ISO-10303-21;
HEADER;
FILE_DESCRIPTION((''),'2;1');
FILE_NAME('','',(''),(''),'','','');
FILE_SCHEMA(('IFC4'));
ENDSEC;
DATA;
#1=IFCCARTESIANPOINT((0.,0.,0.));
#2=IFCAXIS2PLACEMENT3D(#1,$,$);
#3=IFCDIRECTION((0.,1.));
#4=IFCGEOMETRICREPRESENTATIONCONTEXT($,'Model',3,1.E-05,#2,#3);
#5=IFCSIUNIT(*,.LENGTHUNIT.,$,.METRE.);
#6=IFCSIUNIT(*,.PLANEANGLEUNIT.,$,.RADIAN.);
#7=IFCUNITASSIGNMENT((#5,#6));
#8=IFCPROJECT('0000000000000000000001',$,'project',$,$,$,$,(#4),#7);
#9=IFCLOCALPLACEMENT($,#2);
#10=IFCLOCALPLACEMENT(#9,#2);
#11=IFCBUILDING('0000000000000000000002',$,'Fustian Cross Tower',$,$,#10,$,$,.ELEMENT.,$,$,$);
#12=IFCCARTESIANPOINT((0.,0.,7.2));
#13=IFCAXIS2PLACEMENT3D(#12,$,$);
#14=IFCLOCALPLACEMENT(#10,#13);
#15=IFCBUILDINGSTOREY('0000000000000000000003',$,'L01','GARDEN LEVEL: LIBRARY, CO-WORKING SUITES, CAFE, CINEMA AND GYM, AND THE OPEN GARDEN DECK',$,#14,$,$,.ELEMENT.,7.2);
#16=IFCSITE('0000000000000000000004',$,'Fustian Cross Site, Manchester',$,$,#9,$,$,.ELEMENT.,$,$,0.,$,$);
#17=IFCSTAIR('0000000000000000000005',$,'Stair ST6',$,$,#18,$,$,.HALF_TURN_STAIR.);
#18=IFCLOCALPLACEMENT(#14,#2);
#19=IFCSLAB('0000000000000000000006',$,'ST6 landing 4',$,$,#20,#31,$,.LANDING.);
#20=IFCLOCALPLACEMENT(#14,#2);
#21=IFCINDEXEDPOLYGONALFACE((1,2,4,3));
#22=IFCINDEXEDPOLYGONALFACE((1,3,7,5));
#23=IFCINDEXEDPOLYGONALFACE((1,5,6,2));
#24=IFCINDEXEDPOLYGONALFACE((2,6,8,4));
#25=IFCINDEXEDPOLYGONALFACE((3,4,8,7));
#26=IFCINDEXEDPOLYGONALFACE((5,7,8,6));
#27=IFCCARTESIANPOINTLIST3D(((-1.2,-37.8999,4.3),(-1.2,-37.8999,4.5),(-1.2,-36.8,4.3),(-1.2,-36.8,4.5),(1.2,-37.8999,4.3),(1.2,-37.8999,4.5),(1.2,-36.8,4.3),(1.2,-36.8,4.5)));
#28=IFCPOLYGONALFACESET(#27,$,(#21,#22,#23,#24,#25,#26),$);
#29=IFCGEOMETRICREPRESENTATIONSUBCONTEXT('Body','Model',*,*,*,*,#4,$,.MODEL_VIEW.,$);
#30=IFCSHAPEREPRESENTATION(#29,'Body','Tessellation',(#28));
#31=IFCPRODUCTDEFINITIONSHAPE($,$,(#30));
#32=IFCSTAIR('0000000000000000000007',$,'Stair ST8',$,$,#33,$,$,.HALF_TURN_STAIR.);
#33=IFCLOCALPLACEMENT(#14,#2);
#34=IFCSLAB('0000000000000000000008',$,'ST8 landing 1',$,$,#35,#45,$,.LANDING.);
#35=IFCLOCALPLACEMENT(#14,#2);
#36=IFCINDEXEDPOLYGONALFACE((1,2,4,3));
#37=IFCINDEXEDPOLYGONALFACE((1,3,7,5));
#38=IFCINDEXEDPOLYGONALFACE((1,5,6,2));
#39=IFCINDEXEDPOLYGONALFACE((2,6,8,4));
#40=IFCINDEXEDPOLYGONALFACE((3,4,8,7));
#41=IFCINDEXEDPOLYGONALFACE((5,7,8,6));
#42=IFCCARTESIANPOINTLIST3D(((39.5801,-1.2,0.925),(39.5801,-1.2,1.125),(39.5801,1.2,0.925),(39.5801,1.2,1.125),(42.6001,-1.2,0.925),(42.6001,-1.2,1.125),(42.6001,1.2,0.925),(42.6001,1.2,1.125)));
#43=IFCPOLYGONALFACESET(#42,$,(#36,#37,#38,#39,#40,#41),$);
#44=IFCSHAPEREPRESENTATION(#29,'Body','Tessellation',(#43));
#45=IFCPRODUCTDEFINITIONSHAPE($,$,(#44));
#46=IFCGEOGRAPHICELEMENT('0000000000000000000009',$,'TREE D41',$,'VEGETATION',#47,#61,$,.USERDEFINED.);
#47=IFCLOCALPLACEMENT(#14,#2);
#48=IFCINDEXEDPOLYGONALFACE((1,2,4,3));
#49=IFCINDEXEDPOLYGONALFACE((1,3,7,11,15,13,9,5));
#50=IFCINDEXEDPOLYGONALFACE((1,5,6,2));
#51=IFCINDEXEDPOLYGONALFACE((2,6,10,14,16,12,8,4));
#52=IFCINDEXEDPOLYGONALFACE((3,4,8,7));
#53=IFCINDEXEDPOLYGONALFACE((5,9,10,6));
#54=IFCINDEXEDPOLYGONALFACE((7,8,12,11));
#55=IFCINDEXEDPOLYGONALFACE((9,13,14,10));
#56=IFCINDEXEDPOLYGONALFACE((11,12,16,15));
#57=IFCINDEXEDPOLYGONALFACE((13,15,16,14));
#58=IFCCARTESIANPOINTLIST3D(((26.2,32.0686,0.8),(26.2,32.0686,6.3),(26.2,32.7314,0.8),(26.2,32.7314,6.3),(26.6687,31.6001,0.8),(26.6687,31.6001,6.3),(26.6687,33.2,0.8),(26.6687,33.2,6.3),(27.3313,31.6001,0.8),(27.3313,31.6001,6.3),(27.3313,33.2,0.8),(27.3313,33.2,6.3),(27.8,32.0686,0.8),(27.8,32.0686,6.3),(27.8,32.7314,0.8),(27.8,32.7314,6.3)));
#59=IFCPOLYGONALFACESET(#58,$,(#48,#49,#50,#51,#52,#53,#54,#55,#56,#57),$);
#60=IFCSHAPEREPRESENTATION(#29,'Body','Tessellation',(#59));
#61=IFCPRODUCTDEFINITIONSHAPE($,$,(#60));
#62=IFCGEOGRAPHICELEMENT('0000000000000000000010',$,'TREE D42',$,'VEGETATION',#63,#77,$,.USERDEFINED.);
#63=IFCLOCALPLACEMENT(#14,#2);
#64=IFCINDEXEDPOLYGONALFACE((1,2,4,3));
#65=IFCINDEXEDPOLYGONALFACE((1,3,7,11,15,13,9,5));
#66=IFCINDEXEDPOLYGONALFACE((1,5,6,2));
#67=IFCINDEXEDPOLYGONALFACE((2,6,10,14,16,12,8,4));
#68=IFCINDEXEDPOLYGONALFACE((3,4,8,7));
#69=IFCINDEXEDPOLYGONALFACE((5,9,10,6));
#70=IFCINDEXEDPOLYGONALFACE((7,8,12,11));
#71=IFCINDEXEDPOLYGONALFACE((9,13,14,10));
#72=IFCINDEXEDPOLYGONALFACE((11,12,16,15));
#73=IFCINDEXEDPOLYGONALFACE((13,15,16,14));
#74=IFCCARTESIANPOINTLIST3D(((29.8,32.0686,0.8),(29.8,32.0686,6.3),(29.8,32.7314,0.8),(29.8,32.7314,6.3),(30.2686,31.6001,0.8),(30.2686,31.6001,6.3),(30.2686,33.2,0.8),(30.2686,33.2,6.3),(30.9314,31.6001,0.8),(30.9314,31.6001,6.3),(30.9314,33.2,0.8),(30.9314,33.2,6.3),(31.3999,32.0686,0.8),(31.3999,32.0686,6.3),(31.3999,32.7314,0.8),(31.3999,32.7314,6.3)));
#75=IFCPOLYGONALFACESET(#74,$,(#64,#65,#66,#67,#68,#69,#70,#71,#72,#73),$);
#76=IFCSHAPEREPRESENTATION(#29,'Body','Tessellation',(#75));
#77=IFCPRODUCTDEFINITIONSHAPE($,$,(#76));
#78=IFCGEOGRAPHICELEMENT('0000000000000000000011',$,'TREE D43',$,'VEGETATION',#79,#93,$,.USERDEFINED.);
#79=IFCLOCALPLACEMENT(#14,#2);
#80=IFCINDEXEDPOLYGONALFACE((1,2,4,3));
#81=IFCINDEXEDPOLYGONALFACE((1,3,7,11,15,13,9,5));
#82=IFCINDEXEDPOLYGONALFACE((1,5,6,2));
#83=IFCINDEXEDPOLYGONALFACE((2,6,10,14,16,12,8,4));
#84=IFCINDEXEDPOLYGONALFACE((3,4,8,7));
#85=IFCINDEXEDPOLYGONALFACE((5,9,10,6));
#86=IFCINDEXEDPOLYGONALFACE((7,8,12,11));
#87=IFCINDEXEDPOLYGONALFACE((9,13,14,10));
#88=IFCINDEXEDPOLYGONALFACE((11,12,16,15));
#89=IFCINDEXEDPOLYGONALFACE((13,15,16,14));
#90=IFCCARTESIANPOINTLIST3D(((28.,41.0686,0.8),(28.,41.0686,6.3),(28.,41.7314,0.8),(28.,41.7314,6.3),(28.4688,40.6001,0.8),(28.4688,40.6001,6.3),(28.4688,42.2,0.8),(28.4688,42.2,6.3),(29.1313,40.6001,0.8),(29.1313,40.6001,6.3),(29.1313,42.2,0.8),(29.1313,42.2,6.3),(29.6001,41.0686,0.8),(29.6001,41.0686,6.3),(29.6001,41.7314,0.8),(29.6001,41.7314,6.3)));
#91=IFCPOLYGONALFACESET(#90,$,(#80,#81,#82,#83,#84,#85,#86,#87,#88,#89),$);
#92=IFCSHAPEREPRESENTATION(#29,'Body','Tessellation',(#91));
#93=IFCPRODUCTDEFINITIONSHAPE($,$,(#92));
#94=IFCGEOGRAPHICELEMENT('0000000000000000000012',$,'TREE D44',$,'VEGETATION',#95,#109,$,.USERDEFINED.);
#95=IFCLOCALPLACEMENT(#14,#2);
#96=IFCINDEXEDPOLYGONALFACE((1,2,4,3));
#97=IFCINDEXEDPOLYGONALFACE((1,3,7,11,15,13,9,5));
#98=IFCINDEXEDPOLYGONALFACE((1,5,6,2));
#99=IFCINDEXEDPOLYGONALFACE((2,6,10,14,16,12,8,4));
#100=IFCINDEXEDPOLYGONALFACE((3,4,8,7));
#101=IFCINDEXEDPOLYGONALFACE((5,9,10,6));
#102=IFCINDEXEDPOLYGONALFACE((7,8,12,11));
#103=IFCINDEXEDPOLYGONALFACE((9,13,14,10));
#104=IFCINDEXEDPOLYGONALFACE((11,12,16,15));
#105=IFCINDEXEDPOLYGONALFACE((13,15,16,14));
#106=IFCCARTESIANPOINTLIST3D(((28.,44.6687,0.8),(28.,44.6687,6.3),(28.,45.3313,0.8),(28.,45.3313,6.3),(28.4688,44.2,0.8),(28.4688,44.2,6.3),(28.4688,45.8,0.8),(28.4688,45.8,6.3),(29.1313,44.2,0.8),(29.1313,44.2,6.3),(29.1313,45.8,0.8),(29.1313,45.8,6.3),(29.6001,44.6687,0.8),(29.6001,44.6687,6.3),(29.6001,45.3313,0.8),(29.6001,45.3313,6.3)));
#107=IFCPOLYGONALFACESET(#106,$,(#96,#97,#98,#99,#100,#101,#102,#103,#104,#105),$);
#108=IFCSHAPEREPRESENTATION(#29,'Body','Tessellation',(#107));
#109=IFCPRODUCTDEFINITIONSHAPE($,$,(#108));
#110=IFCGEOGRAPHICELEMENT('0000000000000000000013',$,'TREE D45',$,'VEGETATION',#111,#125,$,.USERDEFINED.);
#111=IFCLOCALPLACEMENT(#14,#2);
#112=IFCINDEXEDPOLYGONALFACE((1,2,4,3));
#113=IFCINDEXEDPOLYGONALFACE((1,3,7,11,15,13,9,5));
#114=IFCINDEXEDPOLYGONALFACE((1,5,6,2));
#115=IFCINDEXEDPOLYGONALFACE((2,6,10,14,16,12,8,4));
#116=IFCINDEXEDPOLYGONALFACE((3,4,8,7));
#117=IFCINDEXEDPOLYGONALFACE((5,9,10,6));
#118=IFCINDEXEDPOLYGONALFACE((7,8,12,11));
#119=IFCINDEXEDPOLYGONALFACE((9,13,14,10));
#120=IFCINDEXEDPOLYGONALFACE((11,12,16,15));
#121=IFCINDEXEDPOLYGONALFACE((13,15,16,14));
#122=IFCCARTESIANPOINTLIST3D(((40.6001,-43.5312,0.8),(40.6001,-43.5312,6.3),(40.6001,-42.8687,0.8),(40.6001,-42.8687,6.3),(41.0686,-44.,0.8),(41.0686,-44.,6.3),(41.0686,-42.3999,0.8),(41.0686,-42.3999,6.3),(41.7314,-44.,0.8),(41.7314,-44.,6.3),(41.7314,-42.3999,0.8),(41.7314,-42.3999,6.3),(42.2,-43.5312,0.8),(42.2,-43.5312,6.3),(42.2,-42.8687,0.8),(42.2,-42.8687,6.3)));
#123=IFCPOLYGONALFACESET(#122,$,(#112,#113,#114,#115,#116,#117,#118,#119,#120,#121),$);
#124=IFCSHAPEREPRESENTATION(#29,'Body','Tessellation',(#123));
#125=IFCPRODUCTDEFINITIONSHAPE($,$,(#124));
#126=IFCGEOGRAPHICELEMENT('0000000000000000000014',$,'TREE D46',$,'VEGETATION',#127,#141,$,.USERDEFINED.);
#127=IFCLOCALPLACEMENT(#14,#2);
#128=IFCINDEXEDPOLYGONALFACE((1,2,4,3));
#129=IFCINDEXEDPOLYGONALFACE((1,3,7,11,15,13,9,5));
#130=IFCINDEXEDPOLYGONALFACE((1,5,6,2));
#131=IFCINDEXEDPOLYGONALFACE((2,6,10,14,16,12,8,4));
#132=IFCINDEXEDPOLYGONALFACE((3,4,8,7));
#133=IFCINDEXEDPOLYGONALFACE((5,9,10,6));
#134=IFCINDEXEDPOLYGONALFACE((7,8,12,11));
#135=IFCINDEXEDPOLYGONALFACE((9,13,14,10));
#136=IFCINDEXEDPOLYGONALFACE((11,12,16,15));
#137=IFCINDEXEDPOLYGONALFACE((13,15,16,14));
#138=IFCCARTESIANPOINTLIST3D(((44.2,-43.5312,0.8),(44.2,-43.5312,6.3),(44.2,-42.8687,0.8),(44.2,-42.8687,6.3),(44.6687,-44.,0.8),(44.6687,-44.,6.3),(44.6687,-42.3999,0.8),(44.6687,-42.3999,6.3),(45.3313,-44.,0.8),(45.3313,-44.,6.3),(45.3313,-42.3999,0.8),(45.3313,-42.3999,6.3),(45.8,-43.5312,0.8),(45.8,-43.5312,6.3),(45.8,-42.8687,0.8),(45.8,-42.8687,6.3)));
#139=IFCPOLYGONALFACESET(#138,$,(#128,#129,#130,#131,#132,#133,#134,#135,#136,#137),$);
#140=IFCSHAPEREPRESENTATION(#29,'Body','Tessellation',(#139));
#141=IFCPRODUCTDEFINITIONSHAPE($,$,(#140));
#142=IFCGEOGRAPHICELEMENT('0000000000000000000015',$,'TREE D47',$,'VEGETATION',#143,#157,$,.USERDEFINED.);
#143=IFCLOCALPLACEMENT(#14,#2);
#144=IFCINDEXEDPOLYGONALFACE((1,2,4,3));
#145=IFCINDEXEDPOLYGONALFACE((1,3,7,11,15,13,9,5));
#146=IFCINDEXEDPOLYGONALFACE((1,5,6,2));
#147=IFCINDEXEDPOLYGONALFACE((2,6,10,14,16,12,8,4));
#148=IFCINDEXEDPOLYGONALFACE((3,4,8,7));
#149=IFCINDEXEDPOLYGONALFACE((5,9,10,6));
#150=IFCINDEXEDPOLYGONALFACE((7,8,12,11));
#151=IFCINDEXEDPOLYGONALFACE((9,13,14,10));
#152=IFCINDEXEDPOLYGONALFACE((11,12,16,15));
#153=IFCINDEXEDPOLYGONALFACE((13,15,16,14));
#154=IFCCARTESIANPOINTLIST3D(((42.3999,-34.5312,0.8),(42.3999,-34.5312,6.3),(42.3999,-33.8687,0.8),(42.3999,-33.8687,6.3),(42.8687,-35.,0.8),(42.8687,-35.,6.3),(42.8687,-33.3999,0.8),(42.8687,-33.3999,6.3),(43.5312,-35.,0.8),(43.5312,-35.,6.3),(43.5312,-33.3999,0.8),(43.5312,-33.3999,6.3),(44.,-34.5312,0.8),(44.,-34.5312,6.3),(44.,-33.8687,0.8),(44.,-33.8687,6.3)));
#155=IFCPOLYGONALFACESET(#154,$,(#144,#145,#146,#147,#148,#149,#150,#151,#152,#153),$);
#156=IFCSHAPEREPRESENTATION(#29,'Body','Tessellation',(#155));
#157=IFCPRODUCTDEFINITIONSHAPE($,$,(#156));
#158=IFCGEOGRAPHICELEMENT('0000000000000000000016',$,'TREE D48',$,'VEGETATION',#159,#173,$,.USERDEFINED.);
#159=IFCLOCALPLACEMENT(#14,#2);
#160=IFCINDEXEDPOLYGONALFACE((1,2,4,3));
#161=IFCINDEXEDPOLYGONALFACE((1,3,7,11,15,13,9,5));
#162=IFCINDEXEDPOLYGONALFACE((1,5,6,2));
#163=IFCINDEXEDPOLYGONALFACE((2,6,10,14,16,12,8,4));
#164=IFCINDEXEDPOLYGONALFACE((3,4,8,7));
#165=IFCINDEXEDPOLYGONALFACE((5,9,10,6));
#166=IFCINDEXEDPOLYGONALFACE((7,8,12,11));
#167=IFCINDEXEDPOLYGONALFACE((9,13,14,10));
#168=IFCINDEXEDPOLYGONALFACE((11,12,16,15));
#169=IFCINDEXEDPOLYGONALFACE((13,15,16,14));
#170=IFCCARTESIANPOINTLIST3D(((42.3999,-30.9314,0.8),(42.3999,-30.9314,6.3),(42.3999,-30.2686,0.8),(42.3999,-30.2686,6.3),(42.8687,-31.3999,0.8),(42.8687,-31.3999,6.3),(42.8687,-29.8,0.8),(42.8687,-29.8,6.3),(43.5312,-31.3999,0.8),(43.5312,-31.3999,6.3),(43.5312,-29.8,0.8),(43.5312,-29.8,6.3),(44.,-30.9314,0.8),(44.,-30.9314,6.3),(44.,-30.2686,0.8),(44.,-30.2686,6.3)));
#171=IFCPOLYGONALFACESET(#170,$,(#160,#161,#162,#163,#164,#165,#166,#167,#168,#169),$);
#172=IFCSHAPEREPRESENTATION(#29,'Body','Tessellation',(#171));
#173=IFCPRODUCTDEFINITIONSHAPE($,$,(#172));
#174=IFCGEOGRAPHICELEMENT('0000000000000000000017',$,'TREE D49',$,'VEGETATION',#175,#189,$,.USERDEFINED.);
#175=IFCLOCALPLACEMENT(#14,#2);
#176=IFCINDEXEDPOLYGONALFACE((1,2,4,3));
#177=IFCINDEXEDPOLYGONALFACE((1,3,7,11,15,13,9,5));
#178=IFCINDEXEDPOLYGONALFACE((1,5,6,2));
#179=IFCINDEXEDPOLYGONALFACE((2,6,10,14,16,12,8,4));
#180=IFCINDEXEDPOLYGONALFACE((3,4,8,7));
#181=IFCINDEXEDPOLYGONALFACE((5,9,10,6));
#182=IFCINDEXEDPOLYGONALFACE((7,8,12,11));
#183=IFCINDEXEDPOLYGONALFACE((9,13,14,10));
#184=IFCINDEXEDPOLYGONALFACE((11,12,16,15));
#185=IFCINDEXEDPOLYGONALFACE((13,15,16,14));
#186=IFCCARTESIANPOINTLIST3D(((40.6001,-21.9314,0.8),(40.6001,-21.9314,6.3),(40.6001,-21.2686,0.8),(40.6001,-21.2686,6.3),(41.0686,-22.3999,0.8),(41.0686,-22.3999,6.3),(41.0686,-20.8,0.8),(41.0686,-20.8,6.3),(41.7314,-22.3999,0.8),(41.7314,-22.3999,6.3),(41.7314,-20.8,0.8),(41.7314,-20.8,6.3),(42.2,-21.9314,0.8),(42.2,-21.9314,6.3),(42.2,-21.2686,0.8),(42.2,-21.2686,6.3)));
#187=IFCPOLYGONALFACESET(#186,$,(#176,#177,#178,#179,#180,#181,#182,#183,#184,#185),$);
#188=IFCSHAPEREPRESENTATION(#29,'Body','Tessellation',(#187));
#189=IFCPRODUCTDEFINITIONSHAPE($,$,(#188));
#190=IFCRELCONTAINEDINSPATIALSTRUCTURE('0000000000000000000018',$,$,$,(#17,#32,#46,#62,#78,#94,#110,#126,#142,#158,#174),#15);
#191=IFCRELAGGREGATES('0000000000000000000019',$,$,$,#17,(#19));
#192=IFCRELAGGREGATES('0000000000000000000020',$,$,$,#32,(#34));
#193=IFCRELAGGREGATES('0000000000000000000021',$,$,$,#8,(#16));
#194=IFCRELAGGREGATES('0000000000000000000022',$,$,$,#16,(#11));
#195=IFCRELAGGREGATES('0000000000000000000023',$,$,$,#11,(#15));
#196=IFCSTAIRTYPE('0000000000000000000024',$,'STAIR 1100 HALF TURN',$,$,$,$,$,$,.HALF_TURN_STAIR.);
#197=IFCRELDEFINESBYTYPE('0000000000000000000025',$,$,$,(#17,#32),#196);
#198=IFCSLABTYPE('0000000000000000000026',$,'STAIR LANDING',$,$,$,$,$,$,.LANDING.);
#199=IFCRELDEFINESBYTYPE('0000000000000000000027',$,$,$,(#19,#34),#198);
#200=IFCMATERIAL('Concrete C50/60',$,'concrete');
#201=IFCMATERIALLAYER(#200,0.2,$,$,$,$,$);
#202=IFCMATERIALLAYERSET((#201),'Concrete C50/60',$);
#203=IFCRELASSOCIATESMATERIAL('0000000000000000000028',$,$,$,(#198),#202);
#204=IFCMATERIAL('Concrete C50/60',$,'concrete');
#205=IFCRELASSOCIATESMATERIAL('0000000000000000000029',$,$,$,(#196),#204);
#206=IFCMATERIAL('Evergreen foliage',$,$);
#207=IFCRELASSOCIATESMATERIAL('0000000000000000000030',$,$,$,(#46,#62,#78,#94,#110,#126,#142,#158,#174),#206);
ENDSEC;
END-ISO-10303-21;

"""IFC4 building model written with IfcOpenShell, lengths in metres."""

from ifc_helpers import new_model, si_unit, direction, frame, origin, place, context, subcontext, project, spatial, polyline, outline, extrude, material, layer, layer_set, type_object, element, aggregate, save


model = new_model("IFC4")

# Units and contexts
model_context = context("Model", 3, precision=1e-05, world=origin(), true_north=direction((0.0, 1.0)))
body_context = subcontext(model_context, "Body", "Model", "MODEL_VIEW")
ifc_project = project(units=[si_unit("LENGTHUNIT", "METRE"), si_unit("PLANEANGLEUNIT", "RADIAN")], contexts=[model_context])

# Site, building, storey
site_placement = place(None, origin())
site = spatial("IfcSite", under=ifc_project, at=site_placement, Name="Fustian Cross Site, Manchester", CompositionType="ELEMENT", RefElevation=0.0)
building_placement = place(site_placement, origin())
building = spatial("IfcBuilding", under=site, at=building_placement, Name="Fustian Cross Tower", CompositionType="ELEMENT")
storey_placement = place(building_placement, frame((0.0, 0.0, 7.2)))
storey = spatial("IfcBuildingStorey", under=building, at=storey_placement, Name="L01", Description="GARDEN LEVEL: LIBRARY, CO-WORKING SUITES, CAFE, CINEMA AND GYM, AND THE OPEN GARDEN DECK", CompositionType="ELEMENT", Elevation=7.2)

# Stair, slab
ifc_material_1 = material(Name="Concrete C50/60", Category="concrete")
ifc_layer = layer(ifc_material_1, 0.2)
ifc_layer_set = layer_set([ifc_layer], Name="Concrete C50/60")
slab_type = type_object("IfcSlabType", Name="STAIR LANDING", PredefinedType="LANDING", material=ifc_layer_set)
ifc_material_2 = material(Name="Concrete C50/60", Category="concrete")
stair_type_1 = type_object("IfcStairType", Name="STAIR 1100 HALF TURN", PredefinedType="HALF_TURN_STAIR", material=ifc_material_2)
stair_1_placement = place(storey_placement, origin())
stair_1 = element("IfcStair", 1, at=stair_1_placement, inside=storey, type_object=stair_type_1, Name="Stair ST6", PredefinedType="HALF_TURN_STAIR")
slab_1_placement = place(storey_placement, frame((0.0, 0.0, 4.3)))
slab_1 = element("IfcSlab", 2, at=slab_1_placement, type_object=slab_type, Name="ST6 landing 4", PredefinedType="LANDING", context=body_context, shape_type="SweptSolid", body=[
    extrude(outline(polyline([(-1.2, -36.8), (-1.2, -37.8999), (1.2, -37.8999), (1.2, -36.8), (-1.2, -36.8)])), origin(), (0.0, 0.0, 1.0), 0.2),
])
aggregate(stair_1, [slab_1])

# Stair, slab
stair_2_placement = place(storey_placement, origin())
stair_2 = element("IfcStair", 3, at=stair_2_placement, inside=storey, type_object=stair_type_1, Name="Stair ST8", PredefinedType="HALF_TURN_STAIR")
slab_2_placement = place(storey_placement, frame((0.0, 0.0, 0.925)))
slab_2 = element("IfcSlab", 4, at=slab_2_placement, type_object=slab_type, Name="ST8 landing 1", PredefinedType="LANDING", context=body_context, shape_type="SweptSolid", body=[
    extrude(outline(polyline([(39.5801, -1.2), (42.6001, -1.2), (42.6001, 1.2), (39.5801, 1.2), (39.5801, -1.2)])), origin(), (0.0, 0.0, 1.0), 0.2),
])
aggregate(stair_2, [slab_2])

# Geographic elements
ifc_material_3 = material(Name="Evergreen foliage")
geographic_element_1_placement = place(storey_placement, frame((0.0, 0.0, 0.8)))
element("IfcGeographicElement", 5, at=geographic_element_1_placement, inside=storey, material=ifc_material_3, Name="TREE D41", ObjectType="VEGETATION", PredefinedType="USERDEFINED", context=body_context, shape_type="SweptSolid", body=[
    extrude(outline(polyline([(27.8, 32.7314), (27.3313, 33.2), (26.6687, 33.2), (26.2, 32.7314), (26.2, 32.0686), (26.6687, 31.6001), (27.3313, 31.6001), (27.8, 32.0686), (27.8, 32.7314)])), origin(), (0.0, 0.0, 1.0), 5.5),
])
geographic_element_2_placement = place(storey_placement, frame((0.0, 0.0, 0.8)))
element("IfcGeographicElement", 6, at=geographic_element_2_placement, inside=storey, material=ifc_material_3, Name="TREE D42", ObjectType="VEGETATION", PredefinedType="USERDEFINED", context=body_context, shape_type="SweptSolid", body=[
    extrude(outline(polyline([(31.3999, 32.7314), (30.9314, 33.2), (30.2686, 33.2), (29.8, 32.7314), (29.8, 32.0686), (30.2686, 31.6001), (30.9314, 31.6001), (31.3999, 32.0686), (31.3999, 32.7314)])), origin(), (0.0, 0.0, 1.0), 5.5),
])
geographic_element_3_placement = place(storey_placement, frame((0.0, 0.0, 0.8)))
element("IfcGeographicElement", 7, at=geographic_element_3_placement, inside=storey, material=ifc_material_3, Name="TREE D43", ObjectType="VEGETATION", PredefinedType="USERDEFINED", context=body_context, shape_type="SweptSolid", body=[
    extrude(outline(polyline([(29.6001, 41.7314), (29.1313, 42.2), (28.4688, 42.2), (28.0, 41.7314), (28.0, 41.0686), (28.4688, 40.6001), (29.1313, 40.6001), (29.6001, 41.0686), (29.6001, 41.7314)])), origin(), (0.0, 0.0, 1.0), 5.5),
])
geographic_element_4_placement = place(storey_placement, frame((0.0, 0.0, 0.8)))
element("IfcGeographicElement", 8, at=geographic_element_4_placement, inside=storey, material=ifc_material_3, Name="TREE D44", ObjectType="VEGETATION", PredefinedType="USERDEFINED", context=body_context, shape_type="SweptSolid", body=[
    extrude(outline(polyline([(29.6001, 45.3313), (29.1313, 45.8), (28.4688, 45.8), (28.0, 45.3313), (28.0, 44.6687), (28.4688, 44.2), (29.1313, 44.2), (29.6001, 44.6687), (29.6001, 45.3313)])), origin(), (0.0, 0.0, 1.0), 5.5),
])
geographic_element_5_placement = place(storey_placement, frame((0.0, 0.0, 0.8)))
element("IfcGeographicElement", 9, at=geographic_element_5_placement, inside=storey, material=ifc_material_3, Name="TREE D45", ObjectType="VEGETATION", PredefinedType="USERDEFINED", context=body_context, shape_type="SweptSolid", body=[
    extrude(outline(polyline([(42.2, -42.8687), (41.7314, -42.3999), (41.0686, -42.3999), (40.6001, -42.8687), (40.6001, -43.5312), (41.0686, -44.0), (41.7314, -44.0), (42.2, -43.5312), (42.2, -42.8687)])), origin(), (0.0, 0.0, 1.0), 5.5),
])
geographic_element_6_placement = place(storey_placement, frame((0.0, 0.0, 0.8)))
element("IfcGeographicElement", 10, at=geographic_element_6_placement, inside=storey, material=ifc_material_3, Name="TREE D46", ObjectType="VEGETATION", PredefinedType="USERDEFINED", context=body_context, shape_type="SweptSolid", body=[
    extrude(outline(polyline([(45.8, -42.8687), (45.3313, -42.3999), (44.6687, -42.3999), (44.2, -42.8687), (44.2, -43.5312), (44.6687, -44.0), (45.3313, -44.0), (45.8, -43.5312), (45.8, -42.8687)])), origin(), (0.0, 0.0, 1.0), 5.5),
])
geographic_element_7_placement = place(storey_placement, frame((0.0, 0.0, 0.8)))
element("IfcGeographicElement", 11, at=geographic_element_7_placement, inside=storey, material=ifc_material_3, Name="TREE D47", ObjectType="VEGETATION", PredefinedType="USERDEFINED", context=body_context, shape_type="SweptSolid", body=[
    extrude(outline(polyline([(44.0, -33.8687), (43.5312, -33.3999), (42.8687, -33.3999), (42.3999, -33.8687), (42.3999, -34.5312), (42.8687, -35.0), (43.5312, -35.0), (44.0, -34.5312), (44.0, -33.8687)])), origin(), (0.0, 0.0, 1.0), 5.5),
])
geographic_element_8_placement = place(storey_placement, frame((0.0, 0.0, 0.8)))
element("IfcGeographicElement", 12, at=geographic_element_8_placement, inside=storey, material=ifc_material_3, Name="TREE D48", ObjectType="VEGETATION", PredefinedType="USERDEFINED", context=body_context, shape_type="SweptSolid", body=[
    extrude(outline(polyline([(44.0, -30.2686), (43.5312, -29.8), (42.8687, -29.8), (42.3999, -30.2686), (42.3999, -30.9314), (42.8687, -31.3999), (43.5312, -31.3999), (44.0, -30.9314), (44.0, -30.2686)])), origin(), (0.0, 0.0, 1.0), 5.5),
])
geographic_element_9_placement = place(storey_placement, frame((0.0, 0.0, 0.8)))
element("IfcGeographicElement", 13, at=geographic_element_9_placement, inside=storey, material=ifc_material_3, Name="TREE D49", ObjectType="VEGETATION", PredefinedType="USERDEFINED", context=body_context, shape_type="SweptSolid", body=[
    extrude(outline(polyline([(42.2, -21.2686), (41.7314, -20.8), (41.0686, -20.8), (40.6001, -21.2686), (40.6001, -21.9314), (41.0686, -22.3999), (41.7314, -22.3999), (42.2, -21.9314), (42.2, -21.2686)])), origin(), (0.0, 0.0, 1.0), 5.5),
])

save(model, "model.ifc")
